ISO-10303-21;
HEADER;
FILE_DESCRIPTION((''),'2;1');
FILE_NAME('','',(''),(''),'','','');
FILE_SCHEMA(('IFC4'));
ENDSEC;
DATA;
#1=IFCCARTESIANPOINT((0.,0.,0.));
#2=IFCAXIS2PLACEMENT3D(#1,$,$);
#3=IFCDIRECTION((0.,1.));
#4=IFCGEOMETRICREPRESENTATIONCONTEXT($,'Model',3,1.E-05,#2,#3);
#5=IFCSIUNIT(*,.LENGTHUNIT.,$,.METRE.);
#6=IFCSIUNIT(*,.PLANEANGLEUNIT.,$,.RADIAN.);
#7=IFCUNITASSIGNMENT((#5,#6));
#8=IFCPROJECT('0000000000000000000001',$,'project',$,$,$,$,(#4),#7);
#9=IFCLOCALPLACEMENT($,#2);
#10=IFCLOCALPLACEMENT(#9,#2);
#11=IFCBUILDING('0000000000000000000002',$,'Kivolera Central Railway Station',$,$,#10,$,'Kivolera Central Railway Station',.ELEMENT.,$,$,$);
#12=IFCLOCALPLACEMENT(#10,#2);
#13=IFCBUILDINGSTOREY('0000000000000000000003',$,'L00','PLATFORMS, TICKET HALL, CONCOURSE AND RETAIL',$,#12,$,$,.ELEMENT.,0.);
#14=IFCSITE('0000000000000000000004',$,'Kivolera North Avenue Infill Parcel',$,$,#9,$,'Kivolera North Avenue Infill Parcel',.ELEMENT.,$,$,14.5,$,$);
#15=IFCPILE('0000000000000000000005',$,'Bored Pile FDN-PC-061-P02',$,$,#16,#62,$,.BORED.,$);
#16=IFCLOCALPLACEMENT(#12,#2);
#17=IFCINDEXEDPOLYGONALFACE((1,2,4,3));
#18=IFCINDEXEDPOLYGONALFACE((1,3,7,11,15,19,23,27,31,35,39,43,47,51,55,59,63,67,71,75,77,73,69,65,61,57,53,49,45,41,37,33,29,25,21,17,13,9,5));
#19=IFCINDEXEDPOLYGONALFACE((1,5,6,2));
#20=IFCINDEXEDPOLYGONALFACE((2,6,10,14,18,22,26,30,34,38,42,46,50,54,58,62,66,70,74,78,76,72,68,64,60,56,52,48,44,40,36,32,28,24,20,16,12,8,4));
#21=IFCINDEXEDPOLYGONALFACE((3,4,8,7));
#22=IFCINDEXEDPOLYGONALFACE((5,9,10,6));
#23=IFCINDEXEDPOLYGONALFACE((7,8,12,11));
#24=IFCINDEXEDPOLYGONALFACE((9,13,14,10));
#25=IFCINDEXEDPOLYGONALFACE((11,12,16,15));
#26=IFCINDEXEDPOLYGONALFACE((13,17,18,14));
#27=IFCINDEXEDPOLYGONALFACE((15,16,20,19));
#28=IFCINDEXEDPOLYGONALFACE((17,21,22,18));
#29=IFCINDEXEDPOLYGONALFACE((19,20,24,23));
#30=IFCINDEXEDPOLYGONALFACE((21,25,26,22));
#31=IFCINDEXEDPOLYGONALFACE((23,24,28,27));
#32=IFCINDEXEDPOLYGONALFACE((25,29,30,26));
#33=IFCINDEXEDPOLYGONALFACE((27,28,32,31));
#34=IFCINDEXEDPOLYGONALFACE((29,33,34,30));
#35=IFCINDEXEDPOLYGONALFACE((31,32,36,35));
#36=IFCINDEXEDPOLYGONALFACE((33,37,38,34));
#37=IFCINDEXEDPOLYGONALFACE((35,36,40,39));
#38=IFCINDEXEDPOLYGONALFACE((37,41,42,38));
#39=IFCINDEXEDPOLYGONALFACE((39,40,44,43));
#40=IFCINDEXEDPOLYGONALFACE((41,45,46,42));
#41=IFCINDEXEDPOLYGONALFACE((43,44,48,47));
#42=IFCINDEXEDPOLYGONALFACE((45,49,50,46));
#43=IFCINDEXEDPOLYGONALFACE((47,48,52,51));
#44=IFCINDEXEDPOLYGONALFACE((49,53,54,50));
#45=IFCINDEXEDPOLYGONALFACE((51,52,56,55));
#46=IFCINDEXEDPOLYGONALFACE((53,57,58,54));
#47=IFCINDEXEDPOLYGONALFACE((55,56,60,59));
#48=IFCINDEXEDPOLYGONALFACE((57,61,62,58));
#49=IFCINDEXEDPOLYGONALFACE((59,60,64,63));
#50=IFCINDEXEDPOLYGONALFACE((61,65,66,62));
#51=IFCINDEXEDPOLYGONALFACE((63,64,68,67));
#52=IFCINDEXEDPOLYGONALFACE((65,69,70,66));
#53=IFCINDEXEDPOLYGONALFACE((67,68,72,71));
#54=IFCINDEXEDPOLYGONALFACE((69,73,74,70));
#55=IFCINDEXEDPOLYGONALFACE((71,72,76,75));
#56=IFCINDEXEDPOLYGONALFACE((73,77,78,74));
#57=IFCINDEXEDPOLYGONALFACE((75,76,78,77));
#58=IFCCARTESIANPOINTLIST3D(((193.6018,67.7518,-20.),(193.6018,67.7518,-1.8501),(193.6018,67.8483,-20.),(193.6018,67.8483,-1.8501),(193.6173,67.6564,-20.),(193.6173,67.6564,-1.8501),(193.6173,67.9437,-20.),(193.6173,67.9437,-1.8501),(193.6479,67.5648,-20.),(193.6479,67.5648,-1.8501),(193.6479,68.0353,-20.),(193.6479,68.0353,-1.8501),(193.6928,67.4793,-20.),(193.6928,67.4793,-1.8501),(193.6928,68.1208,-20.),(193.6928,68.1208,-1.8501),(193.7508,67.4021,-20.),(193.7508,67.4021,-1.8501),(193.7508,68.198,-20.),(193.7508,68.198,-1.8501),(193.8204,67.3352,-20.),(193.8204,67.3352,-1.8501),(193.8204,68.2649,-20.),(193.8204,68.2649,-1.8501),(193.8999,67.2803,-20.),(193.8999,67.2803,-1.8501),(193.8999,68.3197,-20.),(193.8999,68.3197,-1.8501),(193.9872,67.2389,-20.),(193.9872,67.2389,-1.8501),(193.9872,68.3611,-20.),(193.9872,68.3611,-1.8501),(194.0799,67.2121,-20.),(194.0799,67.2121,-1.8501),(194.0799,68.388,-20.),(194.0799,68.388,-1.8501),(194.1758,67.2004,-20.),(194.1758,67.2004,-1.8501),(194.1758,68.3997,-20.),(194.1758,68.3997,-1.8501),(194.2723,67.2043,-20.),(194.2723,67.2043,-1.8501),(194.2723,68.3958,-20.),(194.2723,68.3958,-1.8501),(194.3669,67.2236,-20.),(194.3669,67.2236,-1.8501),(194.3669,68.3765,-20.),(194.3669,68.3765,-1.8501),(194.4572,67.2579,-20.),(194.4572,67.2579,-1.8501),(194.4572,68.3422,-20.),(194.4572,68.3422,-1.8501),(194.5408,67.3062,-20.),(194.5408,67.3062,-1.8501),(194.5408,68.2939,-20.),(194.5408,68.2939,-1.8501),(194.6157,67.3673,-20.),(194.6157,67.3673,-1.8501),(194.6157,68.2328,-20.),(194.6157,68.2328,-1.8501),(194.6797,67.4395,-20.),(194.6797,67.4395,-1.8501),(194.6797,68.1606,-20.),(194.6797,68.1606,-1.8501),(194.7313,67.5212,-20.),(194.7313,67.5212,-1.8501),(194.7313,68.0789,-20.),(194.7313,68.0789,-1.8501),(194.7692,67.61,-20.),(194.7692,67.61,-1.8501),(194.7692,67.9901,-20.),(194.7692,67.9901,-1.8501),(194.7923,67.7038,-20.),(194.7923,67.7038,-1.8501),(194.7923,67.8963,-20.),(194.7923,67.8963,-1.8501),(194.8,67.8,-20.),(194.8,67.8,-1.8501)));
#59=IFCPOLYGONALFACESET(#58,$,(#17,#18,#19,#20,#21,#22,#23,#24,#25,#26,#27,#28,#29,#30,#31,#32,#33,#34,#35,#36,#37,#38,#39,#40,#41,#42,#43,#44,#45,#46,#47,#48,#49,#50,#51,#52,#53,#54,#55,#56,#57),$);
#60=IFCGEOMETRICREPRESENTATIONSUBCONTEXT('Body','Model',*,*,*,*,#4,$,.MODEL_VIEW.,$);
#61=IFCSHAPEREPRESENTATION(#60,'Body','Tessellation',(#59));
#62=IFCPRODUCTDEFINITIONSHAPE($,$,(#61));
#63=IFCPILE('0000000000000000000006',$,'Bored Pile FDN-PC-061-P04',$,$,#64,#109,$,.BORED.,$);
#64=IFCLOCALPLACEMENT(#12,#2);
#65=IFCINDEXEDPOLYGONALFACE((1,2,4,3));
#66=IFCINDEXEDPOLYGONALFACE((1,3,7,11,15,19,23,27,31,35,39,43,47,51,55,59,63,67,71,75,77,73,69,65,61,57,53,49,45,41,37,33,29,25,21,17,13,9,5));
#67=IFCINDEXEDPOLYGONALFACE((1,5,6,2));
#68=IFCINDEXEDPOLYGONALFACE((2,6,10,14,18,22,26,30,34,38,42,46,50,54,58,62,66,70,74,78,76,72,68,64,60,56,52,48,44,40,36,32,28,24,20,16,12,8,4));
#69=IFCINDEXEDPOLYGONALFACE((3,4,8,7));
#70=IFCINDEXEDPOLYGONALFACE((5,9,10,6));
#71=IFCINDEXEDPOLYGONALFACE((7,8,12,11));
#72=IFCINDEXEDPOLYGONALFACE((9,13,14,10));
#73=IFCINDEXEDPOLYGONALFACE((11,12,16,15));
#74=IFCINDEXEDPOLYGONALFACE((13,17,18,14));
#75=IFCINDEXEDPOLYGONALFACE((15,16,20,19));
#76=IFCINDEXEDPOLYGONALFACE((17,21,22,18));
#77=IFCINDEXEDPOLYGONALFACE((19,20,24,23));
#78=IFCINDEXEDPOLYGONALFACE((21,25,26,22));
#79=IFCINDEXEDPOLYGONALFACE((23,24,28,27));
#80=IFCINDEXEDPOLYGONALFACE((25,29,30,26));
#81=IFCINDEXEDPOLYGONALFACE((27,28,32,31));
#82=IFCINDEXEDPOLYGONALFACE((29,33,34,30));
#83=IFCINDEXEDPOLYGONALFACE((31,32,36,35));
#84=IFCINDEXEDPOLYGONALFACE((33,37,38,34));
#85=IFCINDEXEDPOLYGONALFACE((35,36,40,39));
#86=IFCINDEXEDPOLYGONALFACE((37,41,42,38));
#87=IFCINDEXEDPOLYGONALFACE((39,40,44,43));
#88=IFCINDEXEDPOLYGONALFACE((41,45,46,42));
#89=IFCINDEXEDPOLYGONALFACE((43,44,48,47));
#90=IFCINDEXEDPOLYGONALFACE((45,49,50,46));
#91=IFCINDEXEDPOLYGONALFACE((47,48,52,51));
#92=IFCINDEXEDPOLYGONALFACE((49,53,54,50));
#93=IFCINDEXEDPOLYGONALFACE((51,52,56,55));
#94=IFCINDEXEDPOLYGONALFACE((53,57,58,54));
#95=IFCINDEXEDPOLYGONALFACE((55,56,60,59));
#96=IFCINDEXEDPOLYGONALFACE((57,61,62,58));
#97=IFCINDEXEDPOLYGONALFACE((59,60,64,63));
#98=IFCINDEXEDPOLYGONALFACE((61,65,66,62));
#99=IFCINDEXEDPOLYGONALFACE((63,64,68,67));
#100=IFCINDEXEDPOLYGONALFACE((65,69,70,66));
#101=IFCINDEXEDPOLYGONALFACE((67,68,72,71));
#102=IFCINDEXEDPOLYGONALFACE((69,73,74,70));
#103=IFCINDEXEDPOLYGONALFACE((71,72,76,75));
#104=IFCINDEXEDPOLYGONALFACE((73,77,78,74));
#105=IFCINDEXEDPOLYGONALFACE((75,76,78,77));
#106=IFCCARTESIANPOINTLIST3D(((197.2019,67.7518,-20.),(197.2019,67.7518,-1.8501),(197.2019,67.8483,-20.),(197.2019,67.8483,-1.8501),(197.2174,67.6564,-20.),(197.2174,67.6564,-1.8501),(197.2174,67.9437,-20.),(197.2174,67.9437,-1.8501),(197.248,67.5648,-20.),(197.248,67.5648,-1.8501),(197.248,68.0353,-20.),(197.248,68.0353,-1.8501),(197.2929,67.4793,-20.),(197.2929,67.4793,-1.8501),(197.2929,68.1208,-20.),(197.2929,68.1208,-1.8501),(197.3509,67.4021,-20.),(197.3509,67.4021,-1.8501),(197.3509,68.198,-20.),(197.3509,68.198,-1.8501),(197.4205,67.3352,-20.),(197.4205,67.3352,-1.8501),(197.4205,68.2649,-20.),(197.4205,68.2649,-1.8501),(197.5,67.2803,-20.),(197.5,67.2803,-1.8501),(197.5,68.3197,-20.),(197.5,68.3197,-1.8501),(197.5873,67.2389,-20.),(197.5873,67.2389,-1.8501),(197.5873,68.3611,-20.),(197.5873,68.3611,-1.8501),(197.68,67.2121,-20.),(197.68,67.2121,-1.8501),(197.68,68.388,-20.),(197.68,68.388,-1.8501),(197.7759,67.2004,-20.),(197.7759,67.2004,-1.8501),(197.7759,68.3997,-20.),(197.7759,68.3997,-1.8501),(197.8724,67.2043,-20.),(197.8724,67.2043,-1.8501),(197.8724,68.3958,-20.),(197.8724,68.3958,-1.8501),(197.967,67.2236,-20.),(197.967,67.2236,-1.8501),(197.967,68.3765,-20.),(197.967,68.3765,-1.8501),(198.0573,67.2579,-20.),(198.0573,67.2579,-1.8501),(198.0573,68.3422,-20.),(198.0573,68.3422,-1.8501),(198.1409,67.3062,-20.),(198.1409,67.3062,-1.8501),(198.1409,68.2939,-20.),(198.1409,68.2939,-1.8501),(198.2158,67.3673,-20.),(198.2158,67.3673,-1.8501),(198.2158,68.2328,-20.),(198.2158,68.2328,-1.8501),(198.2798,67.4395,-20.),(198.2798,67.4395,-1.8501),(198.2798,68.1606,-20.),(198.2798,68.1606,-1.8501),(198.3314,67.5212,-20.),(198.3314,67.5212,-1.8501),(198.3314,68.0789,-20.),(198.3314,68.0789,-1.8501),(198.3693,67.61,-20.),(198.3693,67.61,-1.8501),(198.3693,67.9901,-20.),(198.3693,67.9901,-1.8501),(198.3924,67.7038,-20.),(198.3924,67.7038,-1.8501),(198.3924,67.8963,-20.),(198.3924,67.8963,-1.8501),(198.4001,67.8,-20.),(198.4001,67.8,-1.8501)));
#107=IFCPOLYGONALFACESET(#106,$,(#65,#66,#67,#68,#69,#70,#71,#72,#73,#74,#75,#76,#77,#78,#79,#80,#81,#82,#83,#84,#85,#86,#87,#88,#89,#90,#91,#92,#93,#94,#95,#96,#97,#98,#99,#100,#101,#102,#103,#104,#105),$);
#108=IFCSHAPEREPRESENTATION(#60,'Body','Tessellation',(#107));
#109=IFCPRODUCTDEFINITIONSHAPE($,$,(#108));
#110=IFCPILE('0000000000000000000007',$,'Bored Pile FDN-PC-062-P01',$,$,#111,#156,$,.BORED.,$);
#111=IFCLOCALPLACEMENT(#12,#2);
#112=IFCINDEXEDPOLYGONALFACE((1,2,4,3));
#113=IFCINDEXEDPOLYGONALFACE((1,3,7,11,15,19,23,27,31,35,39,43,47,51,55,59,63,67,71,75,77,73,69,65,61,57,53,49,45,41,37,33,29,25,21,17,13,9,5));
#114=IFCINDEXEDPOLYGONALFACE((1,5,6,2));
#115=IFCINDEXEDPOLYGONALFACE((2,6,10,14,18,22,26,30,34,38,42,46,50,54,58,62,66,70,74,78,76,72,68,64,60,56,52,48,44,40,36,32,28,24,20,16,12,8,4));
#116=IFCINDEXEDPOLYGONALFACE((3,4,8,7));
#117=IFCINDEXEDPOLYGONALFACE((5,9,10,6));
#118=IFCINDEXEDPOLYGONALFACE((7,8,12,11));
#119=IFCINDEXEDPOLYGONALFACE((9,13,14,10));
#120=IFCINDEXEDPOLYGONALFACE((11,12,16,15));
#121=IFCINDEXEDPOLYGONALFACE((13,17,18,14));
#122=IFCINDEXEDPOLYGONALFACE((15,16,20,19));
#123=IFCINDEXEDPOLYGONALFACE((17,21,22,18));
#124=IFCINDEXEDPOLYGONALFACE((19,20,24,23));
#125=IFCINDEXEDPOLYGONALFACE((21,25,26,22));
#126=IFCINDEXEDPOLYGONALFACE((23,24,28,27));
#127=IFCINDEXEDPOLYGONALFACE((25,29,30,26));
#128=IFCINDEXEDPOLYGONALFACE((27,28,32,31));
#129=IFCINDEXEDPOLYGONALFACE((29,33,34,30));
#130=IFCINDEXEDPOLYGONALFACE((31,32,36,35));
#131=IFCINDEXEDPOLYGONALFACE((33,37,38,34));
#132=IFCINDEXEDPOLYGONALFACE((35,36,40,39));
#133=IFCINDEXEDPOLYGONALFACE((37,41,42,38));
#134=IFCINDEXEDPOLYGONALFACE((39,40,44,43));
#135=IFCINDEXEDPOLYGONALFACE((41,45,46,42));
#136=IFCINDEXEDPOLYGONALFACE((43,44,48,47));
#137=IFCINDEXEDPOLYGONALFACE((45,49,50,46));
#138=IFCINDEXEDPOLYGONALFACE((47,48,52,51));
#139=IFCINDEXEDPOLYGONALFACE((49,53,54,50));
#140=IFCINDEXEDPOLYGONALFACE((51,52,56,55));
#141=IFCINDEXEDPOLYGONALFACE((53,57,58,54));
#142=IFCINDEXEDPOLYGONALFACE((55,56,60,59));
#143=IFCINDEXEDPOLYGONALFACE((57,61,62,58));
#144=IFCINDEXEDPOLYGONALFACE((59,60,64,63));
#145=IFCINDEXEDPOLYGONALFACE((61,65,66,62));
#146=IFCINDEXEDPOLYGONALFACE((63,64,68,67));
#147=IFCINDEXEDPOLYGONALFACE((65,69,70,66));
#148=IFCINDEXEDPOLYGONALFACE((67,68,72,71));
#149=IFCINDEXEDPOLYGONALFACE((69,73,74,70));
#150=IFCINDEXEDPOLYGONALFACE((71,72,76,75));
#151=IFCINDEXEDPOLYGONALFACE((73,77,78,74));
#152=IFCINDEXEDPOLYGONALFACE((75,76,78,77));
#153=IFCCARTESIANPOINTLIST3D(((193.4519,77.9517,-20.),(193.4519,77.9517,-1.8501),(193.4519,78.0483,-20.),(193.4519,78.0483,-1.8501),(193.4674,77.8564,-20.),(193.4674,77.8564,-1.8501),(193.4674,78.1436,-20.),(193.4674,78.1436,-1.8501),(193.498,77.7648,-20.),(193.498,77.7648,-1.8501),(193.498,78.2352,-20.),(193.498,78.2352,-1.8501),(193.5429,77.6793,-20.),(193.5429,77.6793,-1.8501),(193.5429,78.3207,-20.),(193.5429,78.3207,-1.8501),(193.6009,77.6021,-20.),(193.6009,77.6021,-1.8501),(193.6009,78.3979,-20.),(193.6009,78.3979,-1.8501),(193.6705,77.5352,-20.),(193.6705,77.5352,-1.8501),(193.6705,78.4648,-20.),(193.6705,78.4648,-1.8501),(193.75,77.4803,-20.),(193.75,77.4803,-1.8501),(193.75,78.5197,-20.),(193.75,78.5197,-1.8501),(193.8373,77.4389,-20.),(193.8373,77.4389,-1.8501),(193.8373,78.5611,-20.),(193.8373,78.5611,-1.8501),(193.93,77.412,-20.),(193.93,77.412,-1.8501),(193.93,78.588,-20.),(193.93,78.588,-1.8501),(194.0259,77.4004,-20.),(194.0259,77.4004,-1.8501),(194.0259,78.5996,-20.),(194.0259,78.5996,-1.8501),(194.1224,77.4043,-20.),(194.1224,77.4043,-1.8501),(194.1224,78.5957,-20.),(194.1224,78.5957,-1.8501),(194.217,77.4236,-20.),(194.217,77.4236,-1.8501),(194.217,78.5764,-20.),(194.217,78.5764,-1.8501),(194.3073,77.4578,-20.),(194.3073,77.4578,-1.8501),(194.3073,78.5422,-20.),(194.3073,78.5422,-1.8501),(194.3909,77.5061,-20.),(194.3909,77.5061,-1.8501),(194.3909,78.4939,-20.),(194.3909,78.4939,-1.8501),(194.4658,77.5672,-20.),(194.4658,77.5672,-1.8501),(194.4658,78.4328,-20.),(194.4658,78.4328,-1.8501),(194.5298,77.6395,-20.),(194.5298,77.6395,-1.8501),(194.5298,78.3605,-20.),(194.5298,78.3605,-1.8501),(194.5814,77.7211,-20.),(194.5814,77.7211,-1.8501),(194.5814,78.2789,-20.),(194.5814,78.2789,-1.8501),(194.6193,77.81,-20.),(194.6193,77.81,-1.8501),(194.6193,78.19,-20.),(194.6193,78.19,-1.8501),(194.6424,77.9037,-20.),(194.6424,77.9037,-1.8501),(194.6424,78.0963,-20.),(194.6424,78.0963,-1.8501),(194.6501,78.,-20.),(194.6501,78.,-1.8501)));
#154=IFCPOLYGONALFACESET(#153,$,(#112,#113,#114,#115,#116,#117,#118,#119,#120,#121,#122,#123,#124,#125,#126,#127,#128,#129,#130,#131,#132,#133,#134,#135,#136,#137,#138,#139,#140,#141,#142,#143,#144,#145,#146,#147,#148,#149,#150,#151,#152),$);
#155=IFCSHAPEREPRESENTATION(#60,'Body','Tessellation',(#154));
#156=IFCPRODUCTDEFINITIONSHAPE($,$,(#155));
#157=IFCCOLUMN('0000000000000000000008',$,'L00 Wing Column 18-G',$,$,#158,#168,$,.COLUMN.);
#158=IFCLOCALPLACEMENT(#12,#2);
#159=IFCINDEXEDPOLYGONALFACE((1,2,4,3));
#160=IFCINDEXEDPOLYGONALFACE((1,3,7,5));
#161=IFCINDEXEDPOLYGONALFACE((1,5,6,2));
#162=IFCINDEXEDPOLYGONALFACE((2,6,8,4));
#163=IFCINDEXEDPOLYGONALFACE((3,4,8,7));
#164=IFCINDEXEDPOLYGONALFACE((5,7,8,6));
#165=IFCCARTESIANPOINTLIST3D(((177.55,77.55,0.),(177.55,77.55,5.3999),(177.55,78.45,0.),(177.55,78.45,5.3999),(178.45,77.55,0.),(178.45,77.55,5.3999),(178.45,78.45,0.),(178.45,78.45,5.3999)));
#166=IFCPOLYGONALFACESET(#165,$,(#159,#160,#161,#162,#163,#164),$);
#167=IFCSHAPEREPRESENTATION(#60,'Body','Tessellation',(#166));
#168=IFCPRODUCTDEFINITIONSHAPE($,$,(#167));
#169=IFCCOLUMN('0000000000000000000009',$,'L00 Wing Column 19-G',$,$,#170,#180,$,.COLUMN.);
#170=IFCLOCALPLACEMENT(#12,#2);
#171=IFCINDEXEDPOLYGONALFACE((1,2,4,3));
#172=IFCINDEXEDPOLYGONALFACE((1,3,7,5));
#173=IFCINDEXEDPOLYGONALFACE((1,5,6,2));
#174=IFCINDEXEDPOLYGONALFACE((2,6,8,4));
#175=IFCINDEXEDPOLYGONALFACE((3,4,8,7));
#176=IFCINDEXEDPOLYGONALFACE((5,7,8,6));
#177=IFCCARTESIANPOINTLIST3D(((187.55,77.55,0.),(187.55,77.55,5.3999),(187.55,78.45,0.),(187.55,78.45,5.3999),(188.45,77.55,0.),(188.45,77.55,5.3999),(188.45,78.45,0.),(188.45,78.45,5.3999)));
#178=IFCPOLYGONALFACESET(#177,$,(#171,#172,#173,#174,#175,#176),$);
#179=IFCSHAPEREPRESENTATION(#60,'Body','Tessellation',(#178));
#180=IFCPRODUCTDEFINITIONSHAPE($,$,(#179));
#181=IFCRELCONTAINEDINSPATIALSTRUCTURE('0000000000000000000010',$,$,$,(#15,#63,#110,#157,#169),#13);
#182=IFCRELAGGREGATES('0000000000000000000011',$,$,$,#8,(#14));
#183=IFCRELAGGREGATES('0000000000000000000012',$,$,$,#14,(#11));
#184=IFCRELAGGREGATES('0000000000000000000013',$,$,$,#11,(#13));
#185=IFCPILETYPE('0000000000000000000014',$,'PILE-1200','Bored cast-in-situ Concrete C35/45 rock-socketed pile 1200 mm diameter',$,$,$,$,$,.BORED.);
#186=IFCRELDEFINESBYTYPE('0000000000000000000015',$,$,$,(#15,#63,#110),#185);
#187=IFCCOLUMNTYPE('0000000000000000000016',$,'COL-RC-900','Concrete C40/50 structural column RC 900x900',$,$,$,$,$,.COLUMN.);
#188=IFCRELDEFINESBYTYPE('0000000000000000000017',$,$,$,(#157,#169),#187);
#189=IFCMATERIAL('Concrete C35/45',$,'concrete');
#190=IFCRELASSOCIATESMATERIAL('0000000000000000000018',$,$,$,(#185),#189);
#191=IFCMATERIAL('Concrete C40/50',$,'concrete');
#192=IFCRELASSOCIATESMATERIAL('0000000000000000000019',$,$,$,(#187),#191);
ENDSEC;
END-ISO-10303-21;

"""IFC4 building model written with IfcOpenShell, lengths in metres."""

from ifc_helpers import new_model, si_unit, direction, frame, origin, origin_2d, place, context, subcontext, project, spatial, rectangle, circle, extrude, material, material_profile, profile_set, type_object, element, save


model = new_model("IFC4")

# Units and contexts
model_context = context("Model", 3, precision=1e-05, world=origin(), true_north=direction((0.0, 1.0)))
body_context = subcontext(model_context, "Body", "Model", "MODEL_VIEW")
ifc_project = project(units=[si_unit("LENGTHUNIT", "METRE"), si_unit("PLANEANGLEUNIT", "RADIAN")], contexts=[model_context])

# Site, building, storey
site_placement = place(None, origin())
site = spatial("IfcSite", under=ifc_project, at=site_placement, Name="Kivolera North Avenue Infill Parcel", LongName="Kivolera North Avenue Infill Parcel", CompositionType="ELEMENT", RefElevation=14.5)
building_placement = place(site_placement, origin())
building = spatial("IfcBuilding", under=site, at=building_placement, Name="Kivolera Central Railway Station", LongName="Kivolera Central Railway Station", CompositionType="ELEMENT")
storey_placement = place(building_placement, origin())
storey = spatial("IfcBuildingStorey", under=building, at=storey_placement, Name="L00", Description="PLATFORMS, TICKET HALL, CONCOURSE AND RETAIL", CompositionType="ELEMENT", Elevation=0.0)

# Shared definitions
ifc_material_1 = material(Name="Concrete C35/45", Category="concrete")

# Piles
ifc_material_profile_1 = material_profile(ifc_material_1, circle(Radius=0.6001, at=origin_2d()), Name="PILE D1200")
ifc_profile_set_1 = profile_set([ifc_material_profile_1], Name="Concrete C35/45")
pile_type = type_object("IfcPileType", Name="PILE-1200", Description="Bored cast-in-situ Concrete C35/45 rock-socketed pile 1200 mm diameter", PredefinedType="BORED", material=ifc_profile_set_1)
for number, where, z_axis, x_axis, name in (
    (1, (194.2, 67.8, -1.8501), (0.0, 0.0, -1.0), (1.0, 0.0, 0.0), "Bored Pile FDN-PC-061-P02"),
    (2, (197.8, 67.8, -1.8501), (0.0, 0.0, -1.0), (1.0, 0.0, 0.0), "Bored Pile FDN-PC-061-P04"),
    (3, (194.05, 78.0, -1.8501), (0.0, 0.0, -1.0), (1.0, 0.0, 0.0), "Bored Pile FDN-PC-062-P01"),
):
    element("IfcPile", number, at=place(storey_placement, frame(where, z_axis=z_axis, x_axis=x_axis)), inside=storey, type_object=pile_type, Name=name, PredefinedType="BORED", context=body_context, shape_type="SweptSolid", body=[
        extrude(circle(Radius=0.6001, at=origin_2d()), origin(), (0.0, 0.0, 1.0), 18.1499),
    ])

# Columns
ifc_material_2 = material(Name="Concrete C40/50", Category="concrete")
ifc_material_profile_2 = material_profile(ifc_material_2, rectangle(XDim=0.8999, YDim=0.8999, at=origin_2d()), Name="RC 900x900")
ifc_profile_set_2 = profile_set([ifc_material_profile_2], Name="Concrete C40/50")
column_type = type_object("IfcColumnType", Name="COL-RC-900", Description="Concrete C40/50 structural column RC 900x900", PredefinedType="COLUMN", material=ifc_profile_set_2)
for number, where, z_axis, x_axis, name in (
    (4, (178.0, 78.0, 0.0), (0.0, 0.0, 1.0), (1.0, 0.0, 0.0), "L00 Wing Column 18-G"),
    (5, (188.0, 78.0, 0.0), (0.0, 0.0, 1.0), (1.0, 0.0, 0.0), "L00 Wing Column 19-G"),
):
    element("IfcColumn", number, at=place(storey_placement, frame(where, z_axis=z_axis, x_axis=x_axis)), inside=storey, type_object=column_type, Name=name, PredefinedType="COLUMN", context=body_context, shape_type="SweptSolid", body=[
        extrude(rectangle(XDim=0.8999, YDim=0.8999, at=origin_2d()), origin(), (0.0, 0.0, 1.0), 5.3999),
    ])

save(model, "model.ifc")
